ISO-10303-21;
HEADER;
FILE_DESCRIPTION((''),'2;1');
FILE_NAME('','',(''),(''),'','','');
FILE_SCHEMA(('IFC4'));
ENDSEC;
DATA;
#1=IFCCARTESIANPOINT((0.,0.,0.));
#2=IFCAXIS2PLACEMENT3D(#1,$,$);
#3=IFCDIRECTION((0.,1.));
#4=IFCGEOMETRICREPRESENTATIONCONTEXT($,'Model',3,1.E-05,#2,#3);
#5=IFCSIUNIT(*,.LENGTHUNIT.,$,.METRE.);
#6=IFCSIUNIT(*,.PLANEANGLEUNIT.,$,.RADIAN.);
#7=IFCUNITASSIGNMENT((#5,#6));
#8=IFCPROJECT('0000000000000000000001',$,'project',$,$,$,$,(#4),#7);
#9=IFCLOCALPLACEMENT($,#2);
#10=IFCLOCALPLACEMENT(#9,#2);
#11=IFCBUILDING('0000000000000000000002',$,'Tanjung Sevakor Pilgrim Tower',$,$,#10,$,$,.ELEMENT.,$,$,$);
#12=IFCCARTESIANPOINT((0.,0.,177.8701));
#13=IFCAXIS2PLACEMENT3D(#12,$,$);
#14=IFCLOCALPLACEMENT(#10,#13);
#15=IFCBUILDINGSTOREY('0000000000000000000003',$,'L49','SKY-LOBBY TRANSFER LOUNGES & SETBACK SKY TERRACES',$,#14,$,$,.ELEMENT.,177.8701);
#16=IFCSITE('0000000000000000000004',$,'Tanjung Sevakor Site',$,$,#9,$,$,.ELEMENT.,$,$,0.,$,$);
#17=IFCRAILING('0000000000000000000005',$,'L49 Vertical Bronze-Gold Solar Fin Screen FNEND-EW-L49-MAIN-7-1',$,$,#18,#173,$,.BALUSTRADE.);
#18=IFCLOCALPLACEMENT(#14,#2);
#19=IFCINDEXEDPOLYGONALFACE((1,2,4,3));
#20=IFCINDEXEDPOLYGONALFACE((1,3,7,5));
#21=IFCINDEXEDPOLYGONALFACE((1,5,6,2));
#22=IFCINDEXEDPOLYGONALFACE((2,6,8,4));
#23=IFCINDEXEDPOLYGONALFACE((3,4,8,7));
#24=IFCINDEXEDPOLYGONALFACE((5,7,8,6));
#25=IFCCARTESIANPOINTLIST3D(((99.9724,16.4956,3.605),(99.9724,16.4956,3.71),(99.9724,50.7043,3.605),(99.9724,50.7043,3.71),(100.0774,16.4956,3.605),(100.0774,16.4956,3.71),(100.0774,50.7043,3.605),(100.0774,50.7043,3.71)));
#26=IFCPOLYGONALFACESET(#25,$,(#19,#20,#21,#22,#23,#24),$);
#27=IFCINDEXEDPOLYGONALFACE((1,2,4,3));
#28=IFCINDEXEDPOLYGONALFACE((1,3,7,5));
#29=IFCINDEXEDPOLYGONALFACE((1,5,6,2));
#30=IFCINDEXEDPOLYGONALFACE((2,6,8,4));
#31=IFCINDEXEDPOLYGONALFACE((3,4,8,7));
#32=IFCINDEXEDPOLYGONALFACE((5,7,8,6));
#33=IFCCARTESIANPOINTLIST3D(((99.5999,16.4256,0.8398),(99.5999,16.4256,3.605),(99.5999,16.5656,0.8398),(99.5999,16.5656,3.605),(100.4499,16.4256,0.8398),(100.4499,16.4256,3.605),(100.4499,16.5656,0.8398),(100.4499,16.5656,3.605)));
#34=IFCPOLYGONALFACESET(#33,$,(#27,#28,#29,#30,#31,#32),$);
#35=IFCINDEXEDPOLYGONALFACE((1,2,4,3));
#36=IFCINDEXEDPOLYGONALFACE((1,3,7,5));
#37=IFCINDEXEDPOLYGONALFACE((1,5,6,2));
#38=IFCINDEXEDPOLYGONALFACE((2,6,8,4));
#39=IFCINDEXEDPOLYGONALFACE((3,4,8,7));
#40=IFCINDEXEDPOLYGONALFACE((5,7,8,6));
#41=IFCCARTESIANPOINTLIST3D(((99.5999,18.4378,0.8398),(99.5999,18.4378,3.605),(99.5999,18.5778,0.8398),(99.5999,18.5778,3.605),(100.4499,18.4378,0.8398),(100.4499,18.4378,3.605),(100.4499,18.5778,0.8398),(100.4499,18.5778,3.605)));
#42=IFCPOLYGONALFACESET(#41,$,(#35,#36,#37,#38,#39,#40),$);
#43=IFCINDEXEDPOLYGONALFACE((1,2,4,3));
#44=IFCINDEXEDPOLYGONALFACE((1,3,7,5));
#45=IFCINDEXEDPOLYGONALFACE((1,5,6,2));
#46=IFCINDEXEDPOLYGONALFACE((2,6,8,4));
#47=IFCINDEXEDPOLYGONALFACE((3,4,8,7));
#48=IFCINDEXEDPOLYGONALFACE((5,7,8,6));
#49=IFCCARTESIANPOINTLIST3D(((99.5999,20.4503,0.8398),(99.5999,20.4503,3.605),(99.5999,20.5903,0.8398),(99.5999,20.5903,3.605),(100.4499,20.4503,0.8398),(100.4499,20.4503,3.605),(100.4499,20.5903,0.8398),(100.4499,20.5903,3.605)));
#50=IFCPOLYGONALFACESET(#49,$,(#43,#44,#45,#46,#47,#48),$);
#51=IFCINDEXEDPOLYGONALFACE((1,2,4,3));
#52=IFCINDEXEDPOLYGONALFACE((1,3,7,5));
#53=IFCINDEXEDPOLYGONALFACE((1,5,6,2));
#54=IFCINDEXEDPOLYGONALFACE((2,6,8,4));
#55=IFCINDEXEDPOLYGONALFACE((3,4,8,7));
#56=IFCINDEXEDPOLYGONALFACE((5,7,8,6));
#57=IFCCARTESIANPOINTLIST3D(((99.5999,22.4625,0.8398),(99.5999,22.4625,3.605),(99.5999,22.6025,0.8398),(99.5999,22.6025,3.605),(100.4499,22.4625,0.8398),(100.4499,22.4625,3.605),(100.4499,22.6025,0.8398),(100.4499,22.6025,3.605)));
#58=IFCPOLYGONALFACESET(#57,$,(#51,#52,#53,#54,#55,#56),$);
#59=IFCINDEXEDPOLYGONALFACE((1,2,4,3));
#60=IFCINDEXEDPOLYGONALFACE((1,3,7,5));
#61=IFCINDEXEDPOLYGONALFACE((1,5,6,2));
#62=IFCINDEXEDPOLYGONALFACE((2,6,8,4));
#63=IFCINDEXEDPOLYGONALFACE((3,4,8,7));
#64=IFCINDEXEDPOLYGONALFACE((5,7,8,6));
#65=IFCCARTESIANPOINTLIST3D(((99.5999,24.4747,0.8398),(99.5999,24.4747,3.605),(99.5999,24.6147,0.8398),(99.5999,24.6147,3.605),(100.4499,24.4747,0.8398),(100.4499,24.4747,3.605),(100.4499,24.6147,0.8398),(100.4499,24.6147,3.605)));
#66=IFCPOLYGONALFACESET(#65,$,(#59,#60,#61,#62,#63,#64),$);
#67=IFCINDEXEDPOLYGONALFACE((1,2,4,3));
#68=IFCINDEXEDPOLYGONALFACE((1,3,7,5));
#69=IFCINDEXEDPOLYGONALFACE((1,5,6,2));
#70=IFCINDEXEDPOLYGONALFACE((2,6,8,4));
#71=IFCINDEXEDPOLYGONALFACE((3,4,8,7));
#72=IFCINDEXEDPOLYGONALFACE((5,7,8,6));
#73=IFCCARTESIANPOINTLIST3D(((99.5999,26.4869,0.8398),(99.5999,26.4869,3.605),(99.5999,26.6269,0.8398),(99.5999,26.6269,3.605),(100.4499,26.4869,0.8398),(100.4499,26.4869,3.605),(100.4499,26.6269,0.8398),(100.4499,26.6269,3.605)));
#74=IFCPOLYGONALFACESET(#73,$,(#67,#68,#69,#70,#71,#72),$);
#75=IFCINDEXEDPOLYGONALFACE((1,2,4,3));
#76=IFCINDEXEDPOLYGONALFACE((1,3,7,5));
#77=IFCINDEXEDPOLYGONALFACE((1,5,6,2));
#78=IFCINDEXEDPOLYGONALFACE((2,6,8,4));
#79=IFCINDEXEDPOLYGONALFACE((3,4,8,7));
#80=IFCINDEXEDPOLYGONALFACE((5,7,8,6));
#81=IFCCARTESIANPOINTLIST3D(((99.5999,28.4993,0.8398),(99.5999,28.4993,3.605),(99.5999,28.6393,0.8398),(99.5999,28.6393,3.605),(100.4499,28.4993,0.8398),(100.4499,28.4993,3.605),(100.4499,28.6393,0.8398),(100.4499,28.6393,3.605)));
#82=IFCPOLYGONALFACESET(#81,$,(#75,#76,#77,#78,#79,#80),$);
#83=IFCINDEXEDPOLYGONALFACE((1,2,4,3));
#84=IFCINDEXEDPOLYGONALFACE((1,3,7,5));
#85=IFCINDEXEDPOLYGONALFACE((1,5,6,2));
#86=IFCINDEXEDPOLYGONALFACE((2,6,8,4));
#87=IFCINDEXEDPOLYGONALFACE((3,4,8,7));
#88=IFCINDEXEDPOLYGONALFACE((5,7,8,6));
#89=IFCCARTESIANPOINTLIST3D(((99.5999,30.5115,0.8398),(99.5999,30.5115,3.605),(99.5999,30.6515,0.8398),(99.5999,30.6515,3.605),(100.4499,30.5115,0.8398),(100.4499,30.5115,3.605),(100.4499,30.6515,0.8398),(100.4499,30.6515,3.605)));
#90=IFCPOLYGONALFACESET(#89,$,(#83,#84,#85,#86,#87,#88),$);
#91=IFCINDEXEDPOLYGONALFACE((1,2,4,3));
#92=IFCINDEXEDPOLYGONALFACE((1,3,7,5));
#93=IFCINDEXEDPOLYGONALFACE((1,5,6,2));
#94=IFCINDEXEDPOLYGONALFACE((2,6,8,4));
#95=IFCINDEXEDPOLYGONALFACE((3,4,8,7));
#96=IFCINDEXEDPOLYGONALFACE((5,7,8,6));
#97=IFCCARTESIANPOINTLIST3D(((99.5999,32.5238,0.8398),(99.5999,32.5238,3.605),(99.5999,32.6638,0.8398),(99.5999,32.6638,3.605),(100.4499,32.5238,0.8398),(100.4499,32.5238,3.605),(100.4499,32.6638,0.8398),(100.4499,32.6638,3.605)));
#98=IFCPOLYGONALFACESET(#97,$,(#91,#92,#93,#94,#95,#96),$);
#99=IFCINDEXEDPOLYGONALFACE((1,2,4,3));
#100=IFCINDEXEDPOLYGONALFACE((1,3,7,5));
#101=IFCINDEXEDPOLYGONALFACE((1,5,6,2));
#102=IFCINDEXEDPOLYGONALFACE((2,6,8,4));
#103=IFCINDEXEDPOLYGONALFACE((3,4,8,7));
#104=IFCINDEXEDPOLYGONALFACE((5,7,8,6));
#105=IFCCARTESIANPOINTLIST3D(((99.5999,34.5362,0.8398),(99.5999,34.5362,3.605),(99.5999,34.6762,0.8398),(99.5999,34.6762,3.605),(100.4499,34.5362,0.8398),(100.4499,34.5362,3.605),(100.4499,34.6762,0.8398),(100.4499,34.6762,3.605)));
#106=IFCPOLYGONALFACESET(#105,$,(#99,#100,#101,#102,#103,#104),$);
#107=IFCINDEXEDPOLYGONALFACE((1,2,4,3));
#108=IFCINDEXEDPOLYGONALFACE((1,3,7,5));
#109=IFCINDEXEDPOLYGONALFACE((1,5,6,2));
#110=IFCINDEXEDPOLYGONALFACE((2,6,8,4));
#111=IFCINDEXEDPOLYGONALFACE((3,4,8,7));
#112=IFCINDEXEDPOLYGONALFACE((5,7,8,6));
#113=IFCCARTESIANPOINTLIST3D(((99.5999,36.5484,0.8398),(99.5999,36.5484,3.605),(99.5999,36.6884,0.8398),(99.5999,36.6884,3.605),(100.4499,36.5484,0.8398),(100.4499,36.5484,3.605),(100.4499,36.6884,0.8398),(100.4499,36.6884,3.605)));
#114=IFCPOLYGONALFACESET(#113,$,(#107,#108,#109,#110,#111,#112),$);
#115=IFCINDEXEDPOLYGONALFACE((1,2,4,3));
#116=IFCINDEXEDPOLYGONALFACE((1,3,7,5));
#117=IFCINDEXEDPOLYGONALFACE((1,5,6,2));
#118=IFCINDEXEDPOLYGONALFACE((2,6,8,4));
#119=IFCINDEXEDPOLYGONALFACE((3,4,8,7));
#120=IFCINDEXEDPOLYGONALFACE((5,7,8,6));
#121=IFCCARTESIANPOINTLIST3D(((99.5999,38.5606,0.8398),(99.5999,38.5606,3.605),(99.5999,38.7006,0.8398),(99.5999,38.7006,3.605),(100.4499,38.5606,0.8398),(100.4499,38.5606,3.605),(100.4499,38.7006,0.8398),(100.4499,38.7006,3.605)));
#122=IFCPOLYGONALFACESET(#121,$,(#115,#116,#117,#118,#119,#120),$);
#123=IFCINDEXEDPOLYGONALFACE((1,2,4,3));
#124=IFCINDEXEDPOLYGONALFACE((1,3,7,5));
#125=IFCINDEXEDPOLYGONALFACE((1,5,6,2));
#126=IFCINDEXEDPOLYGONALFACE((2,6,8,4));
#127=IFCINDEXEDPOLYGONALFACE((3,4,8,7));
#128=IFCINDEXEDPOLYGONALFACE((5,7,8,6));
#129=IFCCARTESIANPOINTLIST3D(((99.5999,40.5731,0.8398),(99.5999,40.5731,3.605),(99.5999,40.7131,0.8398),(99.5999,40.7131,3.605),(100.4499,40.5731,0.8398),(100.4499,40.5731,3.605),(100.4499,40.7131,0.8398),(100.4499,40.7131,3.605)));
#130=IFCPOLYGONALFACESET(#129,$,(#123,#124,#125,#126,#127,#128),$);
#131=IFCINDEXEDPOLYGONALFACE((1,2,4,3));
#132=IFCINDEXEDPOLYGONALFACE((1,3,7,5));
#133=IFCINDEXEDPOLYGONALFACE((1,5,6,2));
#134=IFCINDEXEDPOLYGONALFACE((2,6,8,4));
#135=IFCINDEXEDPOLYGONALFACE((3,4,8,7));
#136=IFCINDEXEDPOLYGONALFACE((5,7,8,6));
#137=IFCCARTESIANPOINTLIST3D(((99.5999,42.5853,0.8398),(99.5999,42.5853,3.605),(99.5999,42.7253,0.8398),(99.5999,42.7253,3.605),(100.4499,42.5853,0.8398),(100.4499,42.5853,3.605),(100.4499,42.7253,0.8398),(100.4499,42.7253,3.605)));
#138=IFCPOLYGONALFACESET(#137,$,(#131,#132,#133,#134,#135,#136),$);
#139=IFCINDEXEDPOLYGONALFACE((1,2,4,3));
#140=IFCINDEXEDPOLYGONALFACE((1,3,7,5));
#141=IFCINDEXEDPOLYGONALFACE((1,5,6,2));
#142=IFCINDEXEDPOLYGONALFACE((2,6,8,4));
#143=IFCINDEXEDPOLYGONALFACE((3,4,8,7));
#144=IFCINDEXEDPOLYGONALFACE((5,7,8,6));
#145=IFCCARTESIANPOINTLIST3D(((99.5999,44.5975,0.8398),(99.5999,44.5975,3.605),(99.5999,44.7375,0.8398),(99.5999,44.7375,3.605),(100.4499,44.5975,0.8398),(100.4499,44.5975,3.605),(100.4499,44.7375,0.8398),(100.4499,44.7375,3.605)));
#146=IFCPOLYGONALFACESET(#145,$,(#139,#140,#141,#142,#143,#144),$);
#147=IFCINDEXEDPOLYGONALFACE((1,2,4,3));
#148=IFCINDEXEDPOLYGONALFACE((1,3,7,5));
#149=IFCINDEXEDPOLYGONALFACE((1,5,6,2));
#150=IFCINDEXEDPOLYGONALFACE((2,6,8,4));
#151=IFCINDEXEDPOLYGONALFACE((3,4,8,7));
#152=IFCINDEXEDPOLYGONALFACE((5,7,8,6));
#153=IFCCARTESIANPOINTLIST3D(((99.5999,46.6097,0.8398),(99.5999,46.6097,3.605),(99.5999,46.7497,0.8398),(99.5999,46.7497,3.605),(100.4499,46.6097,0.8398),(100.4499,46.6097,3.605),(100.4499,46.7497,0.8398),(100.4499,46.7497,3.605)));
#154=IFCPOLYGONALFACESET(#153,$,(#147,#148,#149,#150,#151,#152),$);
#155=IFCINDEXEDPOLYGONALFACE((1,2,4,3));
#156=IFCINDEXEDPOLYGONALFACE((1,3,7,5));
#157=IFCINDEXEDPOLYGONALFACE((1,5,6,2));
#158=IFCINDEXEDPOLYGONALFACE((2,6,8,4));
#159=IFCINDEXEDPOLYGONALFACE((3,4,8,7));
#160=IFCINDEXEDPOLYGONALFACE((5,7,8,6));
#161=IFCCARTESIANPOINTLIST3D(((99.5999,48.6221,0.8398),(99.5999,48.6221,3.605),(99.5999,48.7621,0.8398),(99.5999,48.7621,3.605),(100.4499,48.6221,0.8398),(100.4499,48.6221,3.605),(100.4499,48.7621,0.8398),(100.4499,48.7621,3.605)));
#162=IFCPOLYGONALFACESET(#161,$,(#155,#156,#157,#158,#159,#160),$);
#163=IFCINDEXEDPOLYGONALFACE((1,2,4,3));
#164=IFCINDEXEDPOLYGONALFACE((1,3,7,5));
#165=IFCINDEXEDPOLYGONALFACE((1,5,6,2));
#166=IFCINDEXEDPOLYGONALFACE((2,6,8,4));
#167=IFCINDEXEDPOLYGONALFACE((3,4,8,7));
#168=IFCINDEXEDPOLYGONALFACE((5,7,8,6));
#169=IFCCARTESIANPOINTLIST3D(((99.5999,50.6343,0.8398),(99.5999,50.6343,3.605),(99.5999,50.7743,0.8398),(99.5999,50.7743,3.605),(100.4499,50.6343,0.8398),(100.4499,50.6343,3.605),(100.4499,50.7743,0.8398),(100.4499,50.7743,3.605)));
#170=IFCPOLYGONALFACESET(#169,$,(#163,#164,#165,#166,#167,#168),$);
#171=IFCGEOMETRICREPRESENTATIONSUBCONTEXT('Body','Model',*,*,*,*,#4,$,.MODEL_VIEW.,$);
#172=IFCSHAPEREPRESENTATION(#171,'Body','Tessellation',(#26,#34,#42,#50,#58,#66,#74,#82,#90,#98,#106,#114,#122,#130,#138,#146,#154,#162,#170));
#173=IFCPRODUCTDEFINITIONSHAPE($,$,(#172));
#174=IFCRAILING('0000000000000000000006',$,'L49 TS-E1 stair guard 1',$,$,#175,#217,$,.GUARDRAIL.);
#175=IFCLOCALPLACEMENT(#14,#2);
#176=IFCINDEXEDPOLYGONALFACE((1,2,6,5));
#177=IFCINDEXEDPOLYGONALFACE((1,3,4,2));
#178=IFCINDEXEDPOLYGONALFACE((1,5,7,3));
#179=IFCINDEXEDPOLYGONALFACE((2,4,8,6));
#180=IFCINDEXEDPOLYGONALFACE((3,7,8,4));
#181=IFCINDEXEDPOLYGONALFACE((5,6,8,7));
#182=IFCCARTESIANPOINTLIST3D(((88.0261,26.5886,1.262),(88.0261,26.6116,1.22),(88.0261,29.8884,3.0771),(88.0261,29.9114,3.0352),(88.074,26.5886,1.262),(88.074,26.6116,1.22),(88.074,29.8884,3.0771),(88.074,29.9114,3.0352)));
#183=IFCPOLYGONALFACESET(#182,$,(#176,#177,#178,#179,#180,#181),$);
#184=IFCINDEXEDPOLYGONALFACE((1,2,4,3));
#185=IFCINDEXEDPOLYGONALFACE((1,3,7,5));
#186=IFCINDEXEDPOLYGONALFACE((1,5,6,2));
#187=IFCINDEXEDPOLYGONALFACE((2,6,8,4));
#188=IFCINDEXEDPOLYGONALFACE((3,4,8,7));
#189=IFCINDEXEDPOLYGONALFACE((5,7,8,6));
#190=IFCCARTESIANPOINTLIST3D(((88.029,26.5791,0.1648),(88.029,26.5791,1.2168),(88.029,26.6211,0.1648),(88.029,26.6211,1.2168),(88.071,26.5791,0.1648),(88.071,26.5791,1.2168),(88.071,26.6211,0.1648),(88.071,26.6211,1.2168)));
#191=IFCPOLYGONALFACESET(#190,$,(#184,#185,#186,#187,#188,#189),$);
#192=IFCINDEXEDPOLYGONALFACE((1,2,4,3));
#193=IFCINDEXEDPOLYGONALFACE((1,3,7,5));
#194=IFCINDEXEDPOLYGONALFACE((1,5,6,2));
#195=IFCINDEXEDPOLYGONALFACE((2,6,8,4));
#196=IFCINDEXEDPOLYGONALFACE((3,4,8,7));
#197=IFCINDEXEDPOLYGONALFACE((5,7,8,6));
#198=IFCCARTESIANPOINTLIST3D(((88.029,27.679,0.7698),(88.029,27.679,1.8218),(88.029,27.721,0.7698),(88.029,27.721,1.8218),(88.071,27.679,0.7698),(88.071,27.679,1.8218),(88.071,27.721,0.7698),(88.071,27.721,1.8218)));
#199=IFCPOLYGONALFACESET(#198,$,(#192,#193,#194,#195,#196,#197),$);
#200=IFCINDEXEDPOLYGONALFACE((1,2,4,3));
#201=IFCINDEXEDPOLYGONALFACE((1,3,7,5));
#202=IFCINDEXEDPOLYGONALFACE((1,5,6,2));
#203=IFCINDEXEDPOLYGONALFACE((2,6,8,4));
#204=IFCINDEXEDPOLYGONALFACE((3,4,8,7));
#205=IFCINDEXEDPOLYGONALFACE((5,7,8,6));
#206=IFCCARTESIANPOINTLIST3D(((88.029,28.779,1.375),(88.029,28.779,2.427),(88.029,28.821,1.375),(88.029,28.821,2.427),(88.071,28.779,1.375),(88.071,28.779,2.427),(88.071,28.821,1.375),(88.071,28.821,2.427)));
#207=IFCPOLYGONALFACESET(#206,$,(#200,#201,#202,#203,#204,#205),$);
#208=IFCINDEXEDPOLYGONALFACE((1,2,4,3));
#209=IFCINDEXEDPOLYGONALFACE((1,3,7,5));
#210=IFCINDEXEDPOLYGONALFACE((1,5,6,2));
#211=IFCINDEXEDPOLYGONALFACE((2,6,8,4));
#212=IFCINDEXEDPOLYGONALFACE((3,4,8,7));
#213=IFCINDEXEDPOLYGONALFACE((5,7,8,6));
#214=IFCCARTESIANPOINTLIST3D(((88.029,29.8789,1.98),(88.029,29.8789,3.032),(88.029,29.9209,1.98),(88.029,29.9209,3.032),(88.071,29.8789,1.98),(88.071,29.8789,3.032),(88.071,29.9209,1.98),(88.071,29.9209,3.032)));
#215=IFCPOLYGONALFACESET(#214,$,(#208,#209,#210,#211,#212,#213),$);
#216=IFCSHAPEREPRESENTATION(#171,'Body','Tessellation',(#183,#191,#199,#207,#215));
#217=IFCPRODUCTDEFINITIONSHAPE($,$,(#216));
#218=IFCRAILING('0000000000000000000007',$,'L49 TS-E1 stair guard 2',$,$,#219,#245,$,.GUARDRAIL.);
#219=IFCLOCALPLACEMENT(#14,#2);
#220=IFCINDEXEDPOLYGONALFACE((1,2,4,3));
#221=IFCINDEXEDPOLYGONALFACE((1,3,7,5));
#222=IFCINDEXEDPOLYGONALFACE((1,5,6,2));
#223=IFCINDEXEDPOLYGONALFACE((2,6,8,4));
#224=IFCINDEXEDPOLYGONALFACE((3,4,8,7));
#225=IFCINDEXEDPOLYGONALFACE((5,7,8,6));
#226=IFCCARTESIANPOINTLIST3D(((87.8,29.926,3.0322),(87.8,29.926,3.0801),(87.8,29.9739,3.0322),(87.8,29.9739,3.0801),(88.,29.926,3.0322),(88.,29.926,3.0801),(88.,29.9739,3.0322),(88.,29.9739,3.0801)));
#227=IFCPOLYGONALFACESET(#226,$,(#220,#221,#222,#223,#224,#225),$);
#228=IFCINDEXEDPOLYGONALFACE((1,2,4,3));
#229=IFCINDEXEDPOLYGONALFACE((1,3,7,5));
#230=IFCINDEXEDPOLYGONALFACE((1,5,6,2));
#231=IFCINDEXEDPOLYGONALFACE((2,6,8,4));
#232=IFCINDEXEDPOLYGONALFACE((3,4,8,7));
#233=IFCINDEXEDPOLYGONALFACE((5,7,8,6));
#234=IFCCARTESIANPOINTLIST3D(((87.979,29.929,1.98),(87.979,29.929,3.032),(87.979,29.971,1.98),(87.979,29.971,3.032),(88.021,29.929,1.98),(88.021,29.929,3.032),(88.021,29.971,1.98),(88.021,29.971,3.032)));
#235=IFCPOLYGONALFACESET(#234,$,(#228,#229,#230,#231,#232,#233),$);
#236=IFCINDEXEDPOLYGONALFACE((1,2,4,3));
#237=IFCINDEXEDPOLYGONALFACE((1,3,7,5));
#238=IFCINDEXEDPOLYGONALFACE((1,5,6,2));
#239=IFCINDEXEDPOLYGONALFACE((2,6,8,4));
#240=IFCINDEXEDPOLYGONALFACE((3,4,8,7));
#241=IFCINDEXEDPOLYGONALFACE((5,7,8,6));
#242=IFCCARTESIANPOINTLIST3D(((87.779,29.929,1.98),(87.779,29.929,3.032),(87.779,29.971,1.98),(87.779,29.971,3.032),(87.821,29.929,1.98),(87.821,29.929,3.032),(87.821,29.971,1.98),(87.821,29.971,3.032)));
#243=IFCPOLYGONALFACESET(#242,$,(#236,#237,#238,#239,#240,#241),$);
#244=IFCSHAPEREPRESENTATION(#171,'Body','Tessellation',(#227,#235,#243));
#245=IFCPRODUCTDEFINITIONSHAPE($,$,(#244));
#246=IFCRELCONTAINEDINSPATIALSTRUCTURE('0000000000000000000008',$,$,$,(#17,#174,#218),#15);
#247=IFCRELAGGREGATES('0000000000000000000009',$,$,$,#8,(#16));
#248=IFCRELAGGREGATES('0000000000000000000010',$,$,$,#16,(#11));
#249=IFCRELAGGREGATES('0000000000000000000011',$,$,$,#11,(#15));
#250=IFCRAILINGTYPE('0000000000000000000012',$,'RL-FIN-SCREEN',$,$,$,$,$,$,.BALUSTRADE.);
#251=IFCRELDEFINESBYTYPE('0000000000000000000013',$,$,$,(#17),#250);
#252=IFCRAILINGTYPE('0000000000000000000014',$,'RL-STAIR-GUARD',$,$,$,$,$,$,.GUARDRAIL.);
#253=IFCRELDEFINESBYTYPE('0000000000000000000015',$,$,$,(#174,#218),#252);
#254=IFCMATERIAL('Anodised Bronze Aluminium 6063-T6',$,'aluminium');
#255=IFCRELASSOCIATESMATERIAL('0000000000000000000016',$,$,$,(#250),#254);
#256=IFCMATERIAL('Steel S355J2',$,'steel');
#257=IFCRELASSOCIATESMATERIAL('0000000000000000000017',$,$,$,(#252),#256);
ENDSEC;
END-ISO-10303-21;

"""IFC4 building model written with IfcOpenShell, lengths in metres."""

from ifc_helpers import new_model, si_unit, direction, frame, origin, place, context, subcontext, project, spatial, rectangle, extrude, material, type_object, element, save


model = new_model("IFC4")

# Units and contexts
model_context = context("Model", 3, precision=1e-05, world=origin(), true_north=direction((0.0, 1.0)))
body_context = subcontext(model_context, "Body", "Model", "MODEL_VIEW")
ifc_project = project(units=[si_unit("LENGTHUNIT", "METRE"), si_unit("PLANEANGLEUNIT", "RADIAN")], contexts=[model_context])

# Site, building, storey
site_placement = place(None, origin())
site = spatial("IfcSite", under=ifc_project, at=site_placement, Name="Tanjung Sevakor Site", CompositionType="ELEMENT", RefElevation=0.0)
building_placement = place(site_placement, origin())
building = spatial("IfcBuilding", under=site, at=building_placement, Name="Tanjung Sevakor Pilgrim Tower", CompositionType="ELEMENT")
storey_placement = place(building_placement, frame((0.0, 0.0, 177.8701)))
storey = spatial("IfcBuildingStorey", under=building, at=storey_placement, Name="L49", Description="SKY-LOBBY TRANSFER LOUNGES & SETBACK SKY TERRACES", CompositionType="ELEMENT", Elevation=177.8701)

# Railings
ifc_material_1 = material(Name="Anodised Bronze Aluminium 6063-T6", Category="aluminium")
railing_type_1 = type_object("IfcRailingType", Name="RL-FIN-SCREEN", PredefinedType="BALUSTRADE", material=ifc_material_1)
railing_1_placement = place(storey_placement, frame((100.0249, 16.4956, 0.8398)))
element("IfcRailing", 1, at=railing_1_placement, inside=storey, type_object=railing_type_1, Name="L49 Vertical Bronze-Gold Solar Fin Screen FNEND-EW-L49-MAIN-7-1", PredefinedType="BALUSTRADE", context=body_context, shape_type="SweptSolid", body=[
    extrude(rectangle(XDim=0.105, YDim=0.105), frame((0.0, 0.0, 2.8176), z_axis=(0.0, 1.0, 0.0), x_axis=(-1.0, 0.0, 0.0)), (0.0, 0.0, 1.0), 34.2087),
    extrude(rectangle(XDim=0.85, YDim=0.14), origin(), (0.0, 0.0, 1.0), 2.7651),
    extrude(rectangle(XDim=0.85, YDim=0.14), frame((0.0, 2.0122, 0.0)), (0.0, 0.0, 1.0), 2.7651),
    extrude(rectangle(XDim=0.85, YDim=0.14), frame((0.0, 4.0247, 0.0)), (0.0, 0.0, 1.0), 2.7651),
    extrude(rectangle(XDim=0.85, YDim=0.14), frame((0.0, 6.0369, 0.0)), (0.0, 0.0, 1.0), 2.7651),
    extrude(rectangle(XDim=0.85, YDim=0.14), frame((0.0, 8.0491, 0.0)), (0.0, 0.0, 1.0), 2.7651),
    extrude(rectangle(XDim=0.85, YDim=0.14), frame((0.0, 10.0613, 0.0)), (0.0, 0.0, 1.0), 2.7651),
    extrude(rectangle(XDim=0.85, YDim=0.14), frame((0.0, 12.0737, 0.0)), (0.0, 0.0, 1.0), 2.7651),
    extrude(rectangle(XDim=0.85, YDim=0.14), frame((0.0, 14.0859, 0.0)), (0.0, 0.0, 1.0), 2.7651),
    extrude(rectangle(XDim=0.85, YDim=0.14), frame((0.0, 16.0981, 0.0)), (0.0, 0.0, 1.0), 2.7651),
    extrude(rectangle(XDim=0.85, YDim=0.14), frame((0.0, 18.1106, 0.0)), (0.0, 0.0, 1.0), 2.7651),
    extrude(rectangle(XDim=0.85, YDim=0.14), frame((0.0, 20.1228, 0.0)), (0.0, 0.0, 1.0), 2.7651),
    extrude(rectangle(XDim=0.85, YDim=0.14), frame((0.0, 22.135, 0.0)), (0.0, 0.0, 1.0), 2.7651),
    extrude(rectangle(XDim=0.85, YDim=0.14), frame((0.0, 24.1475, 0.0)), (0.0, 0.0, 1.0), 2.7651),
    extrude(rectangle(XDim=0.85, YDim=0.14), frame((0.0, 26.1597, 0.0)), (0.0, 0.0, 1.0), 2.7651),
    extrude(rectangle(XDim=0.85, YDim=0.14), frame((0.0, 28.1719, 0.0)), (0.0, 0.0, 1.0), 2.7651),
    extrude(rectangle(XDim=0.85, YDim=0.14), frame((0.0, 30.1841, 0.0)), (0.0, 0.0, 1.0), 2.7651),
    extrude(rectangle(XDim=0.85, YDim=0.14), frame((0.0, 32.1965, 0.0)), (0.0, 0.0, 1.0), 2.7651),
    extrude(rectangle(XDim=0.85, YDim=0.14), frame((0.0, 34.2087, 0.0)), (0.0, 0.0, 1.0), 2.7651),
])
ifc_material_2 = material(Name="Steel S355J2", Category="steel")
railing_type_2 = type_object("IfcRailingType", Name="RL-STAIR-GUARD", PredefinedType="GUARDRAIL", material=ifc_material_2)
railing_2_placement = place(storey_placement, frame((88.05, 26.6001, 0.1648)))
element("IfcRailing", 2, at=railing_2_placement, inside=storey, type_object=railing_type_2, Name="L49 TS-E1 stair guard 1", PredefinedType="GUARDRAIL", context=body_context, shape_type="SweptSolid", body=[
    extrude(rectangle(XDim=0.0479, YDim=0.0479), frame((0.0, 0.0, 1.0762), z_axis=(0.0, 0.876183, 0.481978), x_axis=(-1.0, 0.0, 0.0)), (0.0, 0.0, 1.0), 3.7661),
    extrude(rectangle(XDim=0.042, YDim=0.042), origin(), (0.0, 0.0, 1.0), 1.052),
    extrude(rectangle(XDim=0.042, YDim=0.042), frame((0.0, 1.0999, 0.605)), (0.0, 0.0, 1.0), 1.052),
    extrude(rectangle(XDim=0.042, YDim=0.042), frame((0.0, 2.2, 1.2102)), (0.0, 0.0, 1.0), 1.052),
    extrude(rectangle(XDim=0.042, YDim=0.042), frame((0.0, 3.2998, 1.8152)), (0.0, 0.0, 1.0), 1.052),
])
railing_3_placement = place(storey_placement, frame((88.0, 29.95, 1.98)))
element("IfcRailing", 3, at=railing_3_placement, inside=storey, type_object=railing_type_2, Name="L49 TS-E1 stair guard 2", PredefinedType="GUARDRAIL", context=body_context, shape_type="SweptSolid", body=[
    extrude(rectangle(XDim=0.0479, YDim=0.0479), frame((0.0, 0.0, 1.0762), z_axis=(-1.0, 0.0, 0.0), x_axis=(0.0, -1.0, 0.0)), (0.0, 0.0, 1.0), 0.2),
    extrude(rectangle(XDim=0.042, YDim=0.042), origin(), (0.0, 0.0, 1.0), 1.052),
    extrude(rectangle(XDim=0.042, YDim=0.042), frame((-0.2, 0.0, 0.0)), (0.0, 0.0, 1.0), 1.052),
])

save(model, "model.ifc")
